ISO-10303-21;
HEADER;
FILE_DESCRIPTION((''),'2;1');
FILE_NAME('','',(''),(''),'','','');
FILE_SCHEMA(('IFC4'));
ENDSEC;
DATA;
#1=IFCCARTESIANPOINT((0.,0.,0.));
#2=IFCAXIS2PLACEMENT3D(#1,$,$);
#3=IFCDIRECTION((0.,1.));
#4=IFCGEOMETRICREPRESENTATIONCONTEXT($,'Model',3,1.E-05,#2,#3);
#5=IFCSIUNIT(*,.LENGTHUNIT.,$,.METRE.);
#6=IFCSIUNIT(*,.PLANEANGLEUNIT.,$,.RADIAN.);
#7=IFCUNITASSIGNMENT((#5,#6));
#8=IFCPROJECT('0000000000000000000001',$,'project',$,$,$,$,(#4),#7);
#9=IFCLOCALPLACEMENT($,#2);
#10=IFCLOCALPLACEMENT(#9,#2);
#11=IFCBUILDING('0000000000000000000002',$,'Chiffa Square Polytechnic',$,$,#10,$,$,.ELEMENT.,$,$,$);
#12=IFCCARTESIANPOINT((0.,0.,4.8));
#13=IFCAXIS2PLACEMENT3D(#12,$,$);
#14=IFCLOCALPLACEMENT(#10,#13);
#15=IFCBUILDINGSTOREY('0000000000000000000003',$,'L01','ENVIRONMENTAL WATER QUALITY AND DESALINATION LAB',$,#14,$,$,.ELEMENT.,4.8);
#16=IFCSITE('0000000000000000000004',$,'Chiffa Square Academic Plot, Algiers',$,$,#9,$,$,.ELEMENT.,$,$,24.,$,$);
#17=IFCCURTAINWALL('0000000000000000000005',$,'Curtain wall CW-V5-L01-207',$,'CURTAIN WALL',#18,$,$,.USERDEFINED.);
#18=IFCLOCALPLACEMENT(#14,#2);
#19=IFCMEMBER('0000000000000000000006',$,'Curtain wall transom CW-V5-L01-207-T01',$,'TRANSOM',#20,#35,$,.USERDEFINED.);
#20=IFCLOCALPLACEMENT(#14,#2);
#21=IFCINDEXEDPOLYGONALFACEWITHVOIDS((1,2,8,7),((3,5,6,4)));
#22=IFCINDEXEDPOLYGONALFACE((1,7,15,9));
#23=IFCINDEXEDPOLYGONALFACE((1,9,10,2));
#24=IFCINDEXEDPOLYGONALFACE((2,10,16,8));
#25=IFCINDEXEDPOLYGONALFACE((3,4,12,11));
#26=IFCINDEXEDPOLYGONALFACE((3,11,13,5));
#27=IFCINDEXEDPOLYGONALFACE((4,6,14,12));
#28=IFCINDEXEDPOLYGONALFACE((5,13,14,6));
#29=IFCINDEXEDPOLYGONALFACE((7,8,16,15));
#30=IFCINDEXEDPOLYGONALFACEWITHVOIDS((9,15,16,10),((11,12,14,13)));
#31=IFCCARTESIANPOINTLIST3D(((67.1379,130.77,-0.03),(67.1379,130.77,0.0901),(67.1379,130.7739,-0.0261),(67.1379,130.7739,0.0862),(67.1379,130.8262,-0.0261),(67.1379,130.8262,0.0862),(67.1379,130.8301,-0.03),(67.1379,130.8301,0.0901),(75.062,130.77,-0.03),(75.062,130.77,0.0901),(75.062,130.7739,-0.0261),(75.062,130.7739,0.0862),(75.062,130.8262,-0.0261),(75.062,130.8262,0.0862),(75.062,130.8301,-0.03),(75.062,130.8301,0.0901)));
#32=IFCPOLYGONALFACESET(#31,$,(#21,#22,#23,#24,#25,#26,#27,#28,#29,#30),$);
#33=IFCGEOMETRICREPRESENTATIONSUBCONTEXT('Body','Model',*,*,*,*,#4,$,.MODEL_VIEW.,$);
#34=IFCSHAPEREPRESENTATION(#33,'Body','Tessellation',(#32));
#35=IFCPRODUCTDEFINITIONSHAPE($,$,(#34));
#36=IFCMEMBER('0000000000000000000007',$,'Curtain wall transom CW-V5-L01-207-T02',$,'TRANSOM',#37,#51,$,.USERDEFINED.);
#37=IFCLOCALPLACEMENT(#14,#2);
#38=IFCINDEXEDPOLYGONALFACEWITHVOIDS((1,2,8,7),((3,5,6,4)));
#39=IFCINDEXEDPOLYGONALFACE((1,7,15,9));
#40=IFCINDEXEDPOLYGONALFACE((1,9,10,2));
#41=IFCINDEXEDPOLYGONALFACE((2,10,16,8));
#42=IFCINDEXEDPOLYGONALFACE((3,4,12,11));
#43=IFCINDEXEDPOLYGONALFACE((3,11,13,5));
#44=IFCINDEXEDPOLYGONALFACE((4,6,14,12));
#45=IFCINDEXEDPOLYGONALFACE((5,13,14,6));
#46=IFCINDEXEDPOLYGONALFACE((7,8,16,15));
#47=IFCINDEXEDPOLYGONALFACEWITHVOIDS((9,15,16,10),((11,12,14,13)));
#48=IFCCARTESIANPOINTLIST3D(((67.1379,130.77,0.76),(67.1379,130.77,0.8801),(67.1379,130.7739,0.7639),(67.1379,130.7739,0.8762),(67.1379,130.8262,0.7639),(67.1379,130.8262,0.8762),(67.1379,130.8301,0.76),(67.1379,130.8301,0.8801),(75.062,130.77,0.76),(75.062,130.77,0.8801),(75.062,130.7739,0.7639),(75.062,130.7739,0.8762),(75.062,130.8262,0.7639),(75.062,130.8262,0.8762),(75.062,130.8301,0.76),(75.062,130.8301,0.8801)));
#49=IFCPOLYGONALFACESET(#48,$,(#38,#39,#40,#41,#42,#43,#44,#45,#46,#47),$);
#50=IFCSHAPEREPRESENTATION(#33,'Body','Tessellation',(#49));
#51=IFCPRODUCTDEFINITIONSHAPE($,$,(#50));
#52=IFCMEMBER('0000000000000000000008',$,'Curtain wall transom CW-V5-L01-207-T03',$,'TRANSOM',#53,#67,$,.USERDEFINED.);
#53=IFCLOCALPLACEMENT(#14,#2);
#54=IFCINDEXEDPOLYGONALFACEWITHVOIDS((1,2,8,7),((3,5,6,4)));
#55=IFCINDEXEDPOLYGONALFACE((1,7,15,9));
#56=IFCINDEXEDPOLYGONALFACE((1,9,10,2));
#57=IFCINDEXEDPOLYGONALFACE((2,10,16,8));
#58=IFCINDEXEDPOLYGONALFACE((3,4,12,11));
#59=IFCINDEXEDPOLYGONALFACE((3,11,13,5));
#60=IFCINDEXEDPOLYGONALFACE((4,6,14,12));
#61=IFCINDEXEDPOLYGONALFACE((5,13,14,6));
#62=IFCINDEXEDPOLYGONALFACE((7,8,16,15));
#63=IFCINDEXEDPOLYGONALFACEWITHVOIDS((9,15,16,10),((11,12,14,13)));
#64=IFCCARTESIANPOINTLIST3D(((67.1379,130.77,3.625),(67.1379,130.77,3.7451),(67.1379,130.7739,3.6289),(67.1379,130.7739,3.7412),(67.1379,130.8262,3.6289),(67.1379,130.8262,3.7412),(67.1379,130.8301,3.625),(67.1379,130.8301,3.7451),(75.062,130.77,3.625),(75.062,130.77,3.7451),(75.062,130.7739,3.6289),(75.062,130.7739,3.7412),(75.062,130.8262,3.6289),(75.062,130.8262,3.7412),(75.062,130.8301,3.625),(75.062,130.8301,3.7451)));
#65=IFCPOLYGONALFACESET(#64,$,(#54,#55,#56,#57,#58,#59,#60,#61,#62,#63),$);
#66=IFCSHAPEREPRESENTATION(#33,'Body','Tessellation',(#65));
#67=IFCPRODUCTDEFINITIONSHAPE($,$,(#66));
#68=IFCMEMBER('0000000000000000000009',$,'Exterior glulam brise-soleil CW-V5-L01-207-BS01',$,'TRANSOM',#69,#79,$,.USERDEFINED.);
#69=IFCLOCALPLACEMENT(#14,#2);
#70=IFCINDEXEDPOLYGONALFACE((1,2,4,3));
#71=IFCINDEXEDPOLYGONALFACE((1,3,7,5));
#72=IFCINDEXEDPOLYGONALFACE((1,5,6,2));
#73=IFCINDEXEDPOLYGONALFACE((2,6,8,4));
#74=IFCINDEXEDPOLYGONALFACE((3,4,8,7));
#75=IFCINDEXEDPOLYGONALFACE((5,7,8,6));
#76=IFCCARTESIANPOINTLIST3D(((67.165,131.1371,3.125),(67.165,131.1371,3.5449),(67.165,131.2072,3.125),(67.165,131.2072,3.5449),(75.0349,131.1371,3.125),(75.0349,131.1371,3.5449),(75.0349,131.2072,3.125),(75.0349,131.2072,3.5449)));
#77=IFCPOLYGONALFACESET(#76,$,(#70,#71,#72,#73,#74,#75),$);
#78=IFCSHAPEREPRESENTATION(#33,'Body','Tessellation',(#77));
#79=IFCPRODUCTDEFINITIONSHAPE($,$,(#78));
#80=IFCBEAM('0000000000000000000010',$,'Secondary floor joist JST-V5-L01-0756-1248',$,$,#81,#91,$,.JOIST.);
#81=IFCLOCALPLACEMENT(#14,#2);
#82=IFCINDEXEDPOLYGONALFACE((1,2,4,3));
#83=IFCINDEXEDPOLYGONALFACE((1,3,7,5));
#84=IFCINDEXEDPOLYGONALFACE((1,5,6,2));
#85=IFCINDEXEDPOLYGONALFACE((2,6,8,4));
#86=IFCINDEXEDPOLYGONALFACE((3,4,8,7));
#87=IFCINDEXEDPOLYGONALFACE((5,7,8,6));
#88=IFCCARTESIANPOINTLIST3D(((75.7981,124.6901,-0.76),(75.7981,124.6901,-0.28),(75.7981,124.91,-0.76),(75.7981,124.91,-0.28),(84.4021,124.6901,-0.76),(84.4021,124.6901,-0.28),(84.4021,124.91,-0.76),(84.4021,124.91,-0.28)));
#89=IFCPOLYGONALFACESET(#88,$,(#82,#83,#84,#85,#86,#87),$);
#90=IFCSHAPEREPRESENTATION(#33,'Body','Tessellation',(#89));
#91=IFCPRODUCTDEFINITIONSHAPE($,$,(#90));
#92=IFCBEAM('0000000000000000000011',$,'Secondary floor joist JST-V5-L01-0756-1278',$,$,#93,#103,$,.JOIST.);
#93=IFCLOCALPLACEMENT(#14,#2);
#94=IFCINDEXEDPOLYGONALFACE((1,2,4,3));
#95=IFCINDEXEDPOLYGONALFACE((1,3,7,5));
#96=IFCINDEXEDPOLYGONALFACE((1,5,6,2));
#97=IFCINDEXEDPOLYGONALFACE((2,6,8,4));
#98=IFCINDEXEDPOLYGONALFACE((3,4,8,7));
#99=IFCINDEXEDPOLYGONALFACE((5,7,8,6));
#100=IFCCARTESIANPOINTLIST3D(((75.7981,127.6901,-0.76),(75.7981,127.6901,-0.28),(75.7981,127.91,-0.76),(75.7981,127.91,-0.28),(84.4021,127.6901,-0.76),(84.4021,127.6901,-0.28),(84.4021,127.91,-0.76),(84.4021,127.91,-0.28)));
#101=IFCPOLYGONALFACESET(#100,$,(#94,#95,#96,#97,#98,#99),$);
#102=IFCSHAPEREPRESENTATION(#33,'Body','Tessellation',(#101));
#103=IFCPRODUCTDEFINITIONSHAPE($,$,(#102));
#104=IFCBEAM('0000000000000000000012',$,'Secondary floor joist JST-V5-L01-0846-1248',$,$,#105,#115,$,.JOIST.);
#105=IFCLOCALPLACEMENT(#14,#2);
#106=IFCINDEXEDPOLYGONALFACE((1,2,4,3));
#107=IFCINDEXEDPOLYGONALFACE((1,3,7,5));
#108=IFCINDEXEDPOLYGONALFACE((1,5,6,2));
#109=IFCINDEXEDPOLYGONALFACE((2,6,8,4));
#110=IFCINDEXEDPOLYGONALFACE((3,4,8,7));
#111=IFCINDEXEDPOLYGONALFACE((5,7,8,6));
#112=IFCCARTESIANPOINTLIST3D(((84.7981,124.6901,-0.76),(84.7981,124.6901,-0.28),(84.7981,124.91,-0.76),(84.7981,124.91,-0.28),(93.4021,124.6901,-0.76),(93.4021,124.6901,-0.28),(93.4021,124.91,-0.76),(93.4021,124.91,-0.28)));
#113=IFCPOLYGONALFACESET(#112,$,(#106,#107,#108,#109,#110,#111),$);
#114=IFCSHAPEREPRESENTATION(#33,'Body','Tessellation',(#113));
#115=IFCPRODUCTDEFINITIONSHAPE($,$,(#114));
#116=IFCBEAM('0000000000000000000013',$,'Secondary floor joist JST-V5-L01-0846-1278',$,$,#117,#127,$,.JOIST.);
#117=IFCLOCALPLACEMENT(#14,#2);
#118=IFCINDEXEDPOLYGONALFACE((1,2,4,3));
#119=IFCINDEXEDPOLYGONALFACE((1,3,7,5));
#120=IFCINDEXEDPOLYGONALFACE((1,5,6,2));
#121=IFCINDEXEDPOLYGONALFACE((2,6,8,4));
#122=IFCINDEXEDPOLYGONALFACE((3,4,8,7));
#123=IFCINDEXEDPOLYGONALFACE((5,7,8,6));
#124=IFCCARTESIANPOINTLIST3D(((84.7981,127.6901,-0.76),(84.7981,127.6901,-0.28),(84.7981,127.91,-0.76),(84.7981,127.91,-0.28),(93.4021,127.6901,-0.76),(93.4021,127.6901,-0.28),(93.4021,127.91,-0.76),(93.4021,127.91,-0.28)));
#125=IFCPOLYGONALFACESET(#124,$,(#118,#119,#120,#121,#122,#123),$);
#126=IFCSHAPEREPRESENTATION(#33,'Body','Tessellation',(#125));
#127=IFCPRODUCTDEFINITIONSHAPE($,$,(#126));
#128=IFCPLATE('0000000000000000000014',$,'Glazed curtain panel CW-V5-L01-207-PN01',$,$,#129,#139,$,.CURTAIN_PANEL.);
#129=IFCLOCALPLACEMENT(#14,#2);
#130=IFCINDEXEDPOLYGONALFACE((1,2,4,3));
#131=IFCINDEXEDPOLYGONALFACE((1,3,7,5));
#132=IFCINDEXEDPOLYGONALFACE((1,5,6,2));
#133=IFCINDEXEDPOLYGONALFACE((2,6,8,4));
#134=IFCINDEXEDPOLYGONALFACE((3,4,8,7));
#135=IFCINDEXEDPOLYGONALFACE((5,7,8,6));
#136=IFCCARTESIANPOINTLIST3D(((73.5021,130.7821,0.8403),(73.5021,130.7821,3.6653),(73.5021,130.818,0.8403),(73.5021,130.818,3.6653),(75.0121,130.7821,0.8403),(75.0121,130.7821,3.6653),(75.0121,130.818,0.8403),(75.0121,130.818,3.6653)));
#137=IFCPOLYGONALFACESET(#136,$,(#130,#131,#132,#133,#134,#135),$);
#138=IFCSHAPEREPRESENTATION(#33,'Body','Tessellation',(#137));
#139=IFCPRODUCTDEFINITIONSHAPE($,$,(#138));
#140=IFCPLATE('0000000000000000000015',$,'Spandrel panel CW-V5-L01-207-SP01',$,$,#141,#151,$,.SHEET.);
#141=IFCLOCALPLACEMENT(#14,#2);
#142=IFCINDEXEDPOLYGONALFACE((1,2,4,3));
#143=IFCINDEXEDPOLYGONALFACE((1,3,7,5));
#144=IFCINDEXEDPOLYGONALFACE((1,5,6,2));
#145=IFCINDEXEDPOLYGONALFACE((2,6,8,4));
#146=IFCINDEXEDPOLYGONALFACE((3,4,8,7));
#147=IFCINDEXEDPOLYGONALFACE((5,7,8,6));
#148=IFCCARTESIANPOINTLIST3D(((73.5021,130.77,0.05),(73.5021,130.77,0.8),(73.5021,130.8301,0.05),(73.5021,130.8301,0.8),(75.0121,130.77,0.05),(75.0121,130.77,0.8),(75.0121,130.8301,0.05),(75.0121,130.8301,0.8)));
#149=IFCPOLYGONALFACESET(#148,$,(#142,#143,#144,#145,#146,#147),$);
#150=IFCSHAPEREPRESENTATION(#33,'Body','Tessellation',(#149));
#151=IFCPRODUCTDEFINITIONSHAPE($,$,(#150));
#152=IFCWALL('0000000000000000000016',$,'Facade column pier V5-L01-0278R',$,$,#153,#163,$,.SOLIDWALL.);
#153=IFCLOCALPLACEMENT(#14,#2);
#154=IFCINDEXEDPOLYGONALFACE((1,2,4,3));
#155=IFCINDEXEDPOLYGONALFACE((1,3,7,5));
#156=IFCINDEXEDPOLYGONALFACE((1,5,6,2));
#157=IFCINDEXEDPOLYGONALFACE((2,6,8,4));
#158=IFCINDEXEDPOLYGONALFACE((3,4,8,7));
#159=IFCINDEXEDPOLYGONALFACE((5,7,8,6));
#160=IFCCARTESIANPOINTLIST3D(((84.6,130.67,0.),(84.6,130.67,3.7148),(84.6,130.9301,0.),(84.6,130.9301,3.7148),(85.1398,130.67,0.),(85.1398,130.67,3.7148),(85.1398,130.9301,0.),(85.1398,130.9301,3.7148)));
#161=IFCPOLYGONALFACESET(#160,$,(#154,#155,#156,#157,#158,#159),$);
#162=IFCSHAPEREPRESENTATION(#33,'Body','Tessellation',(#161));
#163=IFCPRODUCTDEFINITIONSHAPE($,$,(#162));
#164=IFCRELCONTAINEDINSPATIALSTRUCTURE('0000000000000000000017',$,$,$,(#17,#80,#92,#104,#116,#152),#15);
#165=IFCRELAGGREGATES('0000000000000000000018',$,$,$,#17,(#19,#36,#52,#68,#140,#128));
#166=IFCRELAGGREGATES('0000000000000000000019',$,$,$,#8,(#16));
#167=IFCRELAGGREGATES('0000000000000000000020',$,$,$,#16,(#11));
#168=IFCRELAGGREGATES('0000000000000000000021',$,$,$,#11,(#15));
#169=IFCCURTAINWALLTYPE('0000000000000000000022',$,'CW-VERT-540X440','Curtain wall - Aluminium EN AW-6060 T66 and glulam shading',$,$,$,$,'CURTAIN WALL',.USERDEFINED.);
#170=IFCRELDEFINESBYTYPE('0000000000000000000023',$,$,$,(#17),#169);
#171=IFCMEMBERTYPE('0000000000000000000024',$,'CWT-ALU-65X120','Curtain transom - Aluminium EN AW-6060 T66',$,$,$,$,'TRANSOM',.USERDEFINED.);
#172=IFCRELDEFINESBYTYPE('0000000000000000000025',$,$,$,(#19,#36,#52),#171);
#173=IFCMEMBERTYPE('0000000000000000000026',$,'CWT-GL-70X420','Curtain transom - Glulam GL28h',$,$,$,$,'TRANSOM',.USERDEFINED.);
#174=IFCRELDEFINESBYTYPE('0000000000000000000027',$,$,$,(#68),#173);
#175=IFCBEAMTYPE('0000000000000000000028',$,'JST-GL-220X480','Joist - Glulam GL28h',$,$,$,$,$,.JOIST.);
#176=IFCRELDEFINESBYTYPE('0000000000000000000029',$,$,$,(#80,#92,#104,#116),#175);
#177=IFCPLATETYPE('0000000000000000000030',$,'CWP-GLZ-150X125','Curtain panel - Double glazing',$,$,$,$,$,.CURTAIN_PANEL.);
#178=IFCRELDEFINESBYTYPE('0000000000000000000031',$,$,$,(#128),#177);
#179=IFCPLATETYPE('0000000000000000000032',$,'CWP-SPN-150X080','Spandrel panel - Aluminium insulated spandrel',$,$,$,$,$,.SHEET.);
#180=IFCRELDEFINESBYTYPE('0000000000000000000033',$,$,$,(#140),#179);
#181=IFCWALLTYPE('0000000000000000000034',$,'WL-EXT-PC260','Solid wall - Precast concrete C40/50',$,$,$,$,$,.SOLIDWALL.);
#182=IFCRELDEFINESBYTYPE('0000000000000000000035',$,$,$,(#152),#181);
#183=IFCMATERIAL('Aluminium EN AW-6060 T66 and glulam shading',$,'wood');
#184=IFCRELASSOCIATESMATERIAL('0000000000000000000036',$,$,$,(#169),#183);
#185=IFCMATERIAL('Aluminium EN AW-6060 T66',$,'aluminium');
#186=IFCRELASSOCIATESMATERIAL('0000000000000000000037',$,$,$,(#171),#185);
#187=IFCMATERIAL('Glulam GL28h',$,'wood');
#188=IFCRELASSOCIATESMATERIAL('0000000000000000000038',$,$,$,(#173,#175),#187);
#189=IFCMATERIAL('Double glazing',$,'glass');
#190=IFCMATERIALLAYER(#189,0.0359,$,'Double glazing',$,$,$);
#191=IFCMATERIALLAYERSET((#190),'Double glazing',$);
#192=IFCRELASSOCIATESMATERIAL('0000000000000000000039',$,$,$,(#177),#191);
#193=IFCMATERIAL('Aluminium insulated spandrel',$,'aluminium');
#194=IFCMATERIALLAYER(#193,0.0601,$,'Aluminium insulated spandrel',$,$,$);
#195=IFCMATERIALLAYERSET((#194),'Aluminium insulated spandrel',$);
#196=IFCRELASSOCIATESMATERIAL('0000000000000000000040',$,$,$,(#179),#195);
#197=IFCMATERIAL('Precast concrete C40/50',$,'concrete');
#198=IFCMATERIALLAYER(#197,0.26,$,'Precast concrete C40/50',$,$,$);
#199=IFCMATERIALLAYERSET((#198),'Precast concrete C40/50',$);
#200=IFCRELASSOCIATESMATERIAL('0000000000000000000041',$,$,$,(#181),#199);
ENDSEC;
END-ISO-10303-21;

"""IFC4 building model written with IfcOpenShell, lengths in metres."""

from ifc_helpers import new_model, si_unit, direction, frame, frame_2d, origin, origin_2d, place, context, subcontext, project, spatial, rectangle, hollow_rectangle, extrude, material, layer, layer_set, material_profile, profile_set, type_object, element, aggregate, save


model = new_model("IFC4")

# Units and contexts
model_context = context("Model", 3, precision=1e-05, world=origin(), true_north=direction((0.0, 1.0)))
body_context = subcontext(model_context, "Body", "Model", "MODEL_VIEW")
ifc_project = project(units=[si_unit("LENGTHUNIT", "METRE"), si_unit("PLANEANGLEUNIT", "RADIAN")], contexts=[model_context])

# Site, building, storey
site_placement = place(None, origin())
site = spatial("IfcSite", under=ifc_project, at=site_placement, Name="Chiffa Square Academic Plot, Algiers", CompositionType="ELEMENT", RefElevation=24.0)
building_placement = place(site_placement, origin())
building = spatial("IfcBuilding", under=site, at=building_placement, Name="Chiffa Square Polytechnic", CompositionType="ELEMENT")
storey_placement = place(building_placement, frame((0.0, 0.0, 4.8)))
storey = spatial("IfcBuildingStorey", under=building, at=storey_placement, Name="L01", Description="ENVIRONMENTAL WATER QUALITY AND DESALINATION LAB", CompositionType="ELEMENT", Elevation=4.8)

# Curtain wall
ifc_material_1 = material(Name="Aluminium EN AW-6060 T66 and glulam shading", Category="wood")
ifc_material_2 = material(Name="Aluminium EN AW-6060 T66", Category="aluminium")
curtain_wall_type_1 = type_object("IfcCurtainWallType", Name="CW-VERT-540X440", Description="Curtain wall - Aluminium EN AW-6060 T66 and glulam shading", ElementType="CURTAIN WALL", PredefinedType="USERDEFINED", material=ifc_material_1)
curtain_wall_1_placement = place(storey_placement, origin())
curtain_wall_1 = element("IfcCurtainWall", 1, at=curtain_wall_1_placement, inside=storey, type_object=curtain_wall_type_1, Name="Curtain wall CW-V5-L01-207", ObjectType="CURTAIN WALL", PredefinedType="USERDEFINED")

# Members
ifc_material_3 = material(Name="Glulam GL28h", Category="wood")
ifc_material_profile_1 = material_profile(ifc_material_2, hollow_rectangle(XDim=0.0601, YDim=0.1201, WallThickness=0.0039, at=origin_2d()), Name="ALU 60x120x4")
ifc_profile_set_1 = profile_set([ifc_material_profile_1], Name="Aluminium EN AW-6060 T66")
member_type_1 = type_object("IfcMemberType", Name="CWT-ALU-65X120", Description="Curtain transom - Aluminium EN AW-6060 T66", ElementType="TRANSOM", PredefinedType="USERDEFINED", material=ifc_profile_set_1)
member_1_placement = place(storey_placement, frame((75.062, 130.8, 0.03), z_axis=(-1.0, 0.0, 0.0), x_axis=(0.0, -1.0, 0.0)))
member_1 = element("IfcMember", 2, at=member_1_placement, type_object=member_type_1, Name="Curtain wall transom CW-V5-L01-207-T01", ObjectType="TRANSOM", PredefinedType="USERDEFINED", context=body_context, shape_type="SweptSolid", body=[
    extrude(hollow_rectangle(XDim=0.0601, YDim=0.1201, WallThickness=0.0039, at=origin_2d()), origin(), (0.0, 0.0, 1.0), 7.9241),
])
member_2_placement = place(storey_placement, frame((75.062, 130.8, 0.8201), z_axis=(-1.0, 0.0, 0.0), x_axis=(0.0, -1.0, 0.0)))
member_2 = element("IfcMember", 3, at=member_2_placement, type_object=member_type_1, Name="Curtain wall transom CW-V5-L01-207-T02", ObjectType="TRANSOM", PredefinedType="USERDEFINED", context=body_context, shape_type="SweptSolid", body=[
    extrude(hollow_rectangle(XDim=0.0601, YDim=0.1201, WallThickness=0.0039, at=origin_2d()), origin(), (0.0, 0.0, 1.0), 7.9241),
])
member_3_placement = place(storey_placement, frame((75.062, 130.8, 3.6851), z_axis=(-1.0, 0.0, 0.0), x_axis=(0.0, -1.0, 0.0)))
member_3 = element("IfcMember", 4, at=member_3_placement, type_object=member_type_1, Name="Curtain wall transom CW-V5-L01-207-T03", ObjectType="TRANSOM", PredefinedType="USERDEFINED", context=body_context, shape_type="SweptSolid", body=[
    extrude(hollow_rectangle(XDim=0.0601, YDim=0.1201, WallThickness=0.0039, at=origin_2d()), origin(), (0.0, 0.0, 1.0), 7.9241),
])
ifc_material_profile_2 = material_profile(ifc_material_3, rectangle(XDim=0.0701, YDim=0.4199, at=origin_2d()), Name="GL28h 70x420")
ifc_profile_set_2 = profile_set([ifc_material_profile_2], Name="Glulam GL28h")
member_type_2 = type_object("IfcMemberType", Name="CWT-GL-70X420", Description="Curtain transom - Glulam GL28h", ElementType="TRANSOM", PredefinedType="USERDEFINED", material=ifc_profile_set_2)
member_4_placement = place(storey_placement, frame((75.0349, 131.1721, 3.335), z_axis=(-1.0, 0.0, 0.0), x_axis=(0.0, -1.0, 0.0)))
member_4 = element("IfcMember", 5, at=member_4_placement, type_object=member_type_2, Name="Exterior glulam brise-soleil CW-V5-L01-207-BS01", ObjectType="TRANSOM", PredefinedType="USERDEFINED", context=body_context, shape_type="SweptSolid", body=[
    extrude(rectangle(XDim=0.0701, YDim=0.4199, at=origin_2d()), origin(), (0.0, 0.0, 1.0), 7.8699),
])

# Beams
ifc_material_profile_3 = material_profile(ifc_material_3, rectangle(XDim=0.22, YDim=0.48, at=origin_2d()), Name="GL28h 220x480")
ifc_profile_set_3 = profile_set([ifc_material_profile_3], Name="Glulam GL28h")
beam_type_1 = type_object("IfcBeamType", Name="JST-GL-220X480", Description="Joist - Glulam GL28h", PredefinedType="JOIST", material=ifc_profile_set_3)
for number, where, z_axis, x_axis, name in (
    (6, (75.7981, 124.8, -0.52), (1.0, 0.0, 0.0), (0.0, 1.0, 0.0), "Secondary floor joist JST-V5-L01-0756-1248"),
    (7, (75.7981, 127.8, -0.52), (1.0, 0.0, 0.0), (0.0, 1.0, 0.0), "Secondary floor joist JST-V5-L01-0756-1278"),
    (8, (84.7981, 124.8, -0.52), (1.0, 0.0, 0.0), (0.0, 1.0, 0.0), "Secondary floor joist JST-V5-L01-0846-1248"),
    (9, (84.7981, 127.8, -0.52), (1.0, 0.0, 0.0), (0.0, 1.0, 0.0), "Secondary floor joist JST-V5-L01-0846-1278"),
):
    element("IfcBeam", number, at=place(storey_placement, frame(where, z_axis=z_axis, x_axis=x_axis)), inside=storey, type_object=beam_type_1, Name=name, PredefinedType="JOIST", context=body_context, shape_type="SweptSolid", body=[
        extrude(rectangle(XDim=0.22, YDim=0.48, at=origin_2d()), origin(), (0.0, 0.0, 1.0), 8.604),
    ])

# Plates
ifc_material_4 = material(Name="Double glazing", Category="glass")
ifc_layer_1 = layer(ifc_material_4, 0.0359, Name="Double glazing")
ifc_layer_set_1 = layer_set([ifc_layer_1], Name="Double glazing")
plate_type_1 = type_object("IfcPlateType", Name="CWP-GLZ-150X125", Description="Curtain panel - Double glazing", PredefinedType="CURTAIN_PANEL", material=ifc_layer_set_1)
plate_1_placement = place(storey_placement, frame((74.2571, 130.8, 0.8403), z_axis=(0.0, 0.0, 1.0), x_axis=(-1.0, 0.0, 0.0)))
plate_1 = element("IfcPlate", 10, at=plate_1_placement, type_object=plate_type_1, Name="Glazed curtain panel CW-V5-L01-207-PN01", PredefinedType="CURTAIN_PANEL", context=body_context, shape_type="SweptSolid", body=[
    extrude(rectangle(XDim=1.51, YDim=0.0359, at=origin_2d()), origin(), (0.0, 0.0, 1.0), 2.825),
])
ifc_material_5 = material(Name="Aluminium insulated spandrel", Category="aluminium")
ifc_layer_2 = layer(ifc_material_5, 0.0601, Name="Aluminium insulated spandrel")
ifc_layer_set_2 = layer_set([ifc_layer_2], Name="Aluminium insulated spandrel")
plate_type_2 = type_object("IfcPlateType", Name="CWP-SPN-150X080", Description="Spandrel panel - Aluminium insulated spandrel", PredefinedType="SHEET", material=ifc_layer_set_2)
plate_2_placement = place(storey_placement, frame((74.2571, 130.8, 0.05), z_axis=(0.0, 0.0, 1.0), x_axis=(-1.0, 0.0, 0.0)))
plate_2 = element("IfcPlate", 11, at=plate_2_placement, type_object=plate_type_2, Name="Spandrel panel CW-V5-L01-207-SP01", PredefinedType="SHEET", context=body_context, shape_type="SweptSolid", body=[
    extrude(rectangle(XDim=1.51, YDim=0.0601, at=origin_2d()), origin(), (0.0, 0.0, 1.0), 0.75),
])
aggregate(curtain_wall_1, [member_1, member_2, member_3, member_4, plate_2, plate_1])

# Wall
ifc_material_6 = material(Name="Precast concrete C40/50", Category="concrete")
ifc_layer_3 = layer(ifc_material_6, 0.26, Name="Precast concrete C40/50")
ifc_layer_set_3 = layer_set([ifc_layer_3], Name="Precast concrete C40/50")
wall_type_1 = type_object("IfcWallType", Name="WL-EXT-PC260", Description="Solid wall - Precast concrete C40/50", PredefinedType="SOLIDWALL", material=ifc_layer_set_3)
wall_1_placement = place(storey_placement, frame((85.1399, 130.8, 0.0), z_axis=(0.0, 0.0, 1.0), x_axis=(-1.0, 0.0, 0.0)))
element("IfcWall", 12, at=wall_1_placement, inside=storey, type_object=wall_type_1, Name="Facade column pier V5-L01-0278R", PredefinedType="SOLIDWALL", context=body_context, shape_type="SweptSolid", body=[
    extrude(rectangle(XDim=0.5398, YDim=0.26, at=frame_2d((0.27, 0.0))), origin(), (0.0, 0.0, 1.0), 3.7148),
])

save(model, "model.ifc")
